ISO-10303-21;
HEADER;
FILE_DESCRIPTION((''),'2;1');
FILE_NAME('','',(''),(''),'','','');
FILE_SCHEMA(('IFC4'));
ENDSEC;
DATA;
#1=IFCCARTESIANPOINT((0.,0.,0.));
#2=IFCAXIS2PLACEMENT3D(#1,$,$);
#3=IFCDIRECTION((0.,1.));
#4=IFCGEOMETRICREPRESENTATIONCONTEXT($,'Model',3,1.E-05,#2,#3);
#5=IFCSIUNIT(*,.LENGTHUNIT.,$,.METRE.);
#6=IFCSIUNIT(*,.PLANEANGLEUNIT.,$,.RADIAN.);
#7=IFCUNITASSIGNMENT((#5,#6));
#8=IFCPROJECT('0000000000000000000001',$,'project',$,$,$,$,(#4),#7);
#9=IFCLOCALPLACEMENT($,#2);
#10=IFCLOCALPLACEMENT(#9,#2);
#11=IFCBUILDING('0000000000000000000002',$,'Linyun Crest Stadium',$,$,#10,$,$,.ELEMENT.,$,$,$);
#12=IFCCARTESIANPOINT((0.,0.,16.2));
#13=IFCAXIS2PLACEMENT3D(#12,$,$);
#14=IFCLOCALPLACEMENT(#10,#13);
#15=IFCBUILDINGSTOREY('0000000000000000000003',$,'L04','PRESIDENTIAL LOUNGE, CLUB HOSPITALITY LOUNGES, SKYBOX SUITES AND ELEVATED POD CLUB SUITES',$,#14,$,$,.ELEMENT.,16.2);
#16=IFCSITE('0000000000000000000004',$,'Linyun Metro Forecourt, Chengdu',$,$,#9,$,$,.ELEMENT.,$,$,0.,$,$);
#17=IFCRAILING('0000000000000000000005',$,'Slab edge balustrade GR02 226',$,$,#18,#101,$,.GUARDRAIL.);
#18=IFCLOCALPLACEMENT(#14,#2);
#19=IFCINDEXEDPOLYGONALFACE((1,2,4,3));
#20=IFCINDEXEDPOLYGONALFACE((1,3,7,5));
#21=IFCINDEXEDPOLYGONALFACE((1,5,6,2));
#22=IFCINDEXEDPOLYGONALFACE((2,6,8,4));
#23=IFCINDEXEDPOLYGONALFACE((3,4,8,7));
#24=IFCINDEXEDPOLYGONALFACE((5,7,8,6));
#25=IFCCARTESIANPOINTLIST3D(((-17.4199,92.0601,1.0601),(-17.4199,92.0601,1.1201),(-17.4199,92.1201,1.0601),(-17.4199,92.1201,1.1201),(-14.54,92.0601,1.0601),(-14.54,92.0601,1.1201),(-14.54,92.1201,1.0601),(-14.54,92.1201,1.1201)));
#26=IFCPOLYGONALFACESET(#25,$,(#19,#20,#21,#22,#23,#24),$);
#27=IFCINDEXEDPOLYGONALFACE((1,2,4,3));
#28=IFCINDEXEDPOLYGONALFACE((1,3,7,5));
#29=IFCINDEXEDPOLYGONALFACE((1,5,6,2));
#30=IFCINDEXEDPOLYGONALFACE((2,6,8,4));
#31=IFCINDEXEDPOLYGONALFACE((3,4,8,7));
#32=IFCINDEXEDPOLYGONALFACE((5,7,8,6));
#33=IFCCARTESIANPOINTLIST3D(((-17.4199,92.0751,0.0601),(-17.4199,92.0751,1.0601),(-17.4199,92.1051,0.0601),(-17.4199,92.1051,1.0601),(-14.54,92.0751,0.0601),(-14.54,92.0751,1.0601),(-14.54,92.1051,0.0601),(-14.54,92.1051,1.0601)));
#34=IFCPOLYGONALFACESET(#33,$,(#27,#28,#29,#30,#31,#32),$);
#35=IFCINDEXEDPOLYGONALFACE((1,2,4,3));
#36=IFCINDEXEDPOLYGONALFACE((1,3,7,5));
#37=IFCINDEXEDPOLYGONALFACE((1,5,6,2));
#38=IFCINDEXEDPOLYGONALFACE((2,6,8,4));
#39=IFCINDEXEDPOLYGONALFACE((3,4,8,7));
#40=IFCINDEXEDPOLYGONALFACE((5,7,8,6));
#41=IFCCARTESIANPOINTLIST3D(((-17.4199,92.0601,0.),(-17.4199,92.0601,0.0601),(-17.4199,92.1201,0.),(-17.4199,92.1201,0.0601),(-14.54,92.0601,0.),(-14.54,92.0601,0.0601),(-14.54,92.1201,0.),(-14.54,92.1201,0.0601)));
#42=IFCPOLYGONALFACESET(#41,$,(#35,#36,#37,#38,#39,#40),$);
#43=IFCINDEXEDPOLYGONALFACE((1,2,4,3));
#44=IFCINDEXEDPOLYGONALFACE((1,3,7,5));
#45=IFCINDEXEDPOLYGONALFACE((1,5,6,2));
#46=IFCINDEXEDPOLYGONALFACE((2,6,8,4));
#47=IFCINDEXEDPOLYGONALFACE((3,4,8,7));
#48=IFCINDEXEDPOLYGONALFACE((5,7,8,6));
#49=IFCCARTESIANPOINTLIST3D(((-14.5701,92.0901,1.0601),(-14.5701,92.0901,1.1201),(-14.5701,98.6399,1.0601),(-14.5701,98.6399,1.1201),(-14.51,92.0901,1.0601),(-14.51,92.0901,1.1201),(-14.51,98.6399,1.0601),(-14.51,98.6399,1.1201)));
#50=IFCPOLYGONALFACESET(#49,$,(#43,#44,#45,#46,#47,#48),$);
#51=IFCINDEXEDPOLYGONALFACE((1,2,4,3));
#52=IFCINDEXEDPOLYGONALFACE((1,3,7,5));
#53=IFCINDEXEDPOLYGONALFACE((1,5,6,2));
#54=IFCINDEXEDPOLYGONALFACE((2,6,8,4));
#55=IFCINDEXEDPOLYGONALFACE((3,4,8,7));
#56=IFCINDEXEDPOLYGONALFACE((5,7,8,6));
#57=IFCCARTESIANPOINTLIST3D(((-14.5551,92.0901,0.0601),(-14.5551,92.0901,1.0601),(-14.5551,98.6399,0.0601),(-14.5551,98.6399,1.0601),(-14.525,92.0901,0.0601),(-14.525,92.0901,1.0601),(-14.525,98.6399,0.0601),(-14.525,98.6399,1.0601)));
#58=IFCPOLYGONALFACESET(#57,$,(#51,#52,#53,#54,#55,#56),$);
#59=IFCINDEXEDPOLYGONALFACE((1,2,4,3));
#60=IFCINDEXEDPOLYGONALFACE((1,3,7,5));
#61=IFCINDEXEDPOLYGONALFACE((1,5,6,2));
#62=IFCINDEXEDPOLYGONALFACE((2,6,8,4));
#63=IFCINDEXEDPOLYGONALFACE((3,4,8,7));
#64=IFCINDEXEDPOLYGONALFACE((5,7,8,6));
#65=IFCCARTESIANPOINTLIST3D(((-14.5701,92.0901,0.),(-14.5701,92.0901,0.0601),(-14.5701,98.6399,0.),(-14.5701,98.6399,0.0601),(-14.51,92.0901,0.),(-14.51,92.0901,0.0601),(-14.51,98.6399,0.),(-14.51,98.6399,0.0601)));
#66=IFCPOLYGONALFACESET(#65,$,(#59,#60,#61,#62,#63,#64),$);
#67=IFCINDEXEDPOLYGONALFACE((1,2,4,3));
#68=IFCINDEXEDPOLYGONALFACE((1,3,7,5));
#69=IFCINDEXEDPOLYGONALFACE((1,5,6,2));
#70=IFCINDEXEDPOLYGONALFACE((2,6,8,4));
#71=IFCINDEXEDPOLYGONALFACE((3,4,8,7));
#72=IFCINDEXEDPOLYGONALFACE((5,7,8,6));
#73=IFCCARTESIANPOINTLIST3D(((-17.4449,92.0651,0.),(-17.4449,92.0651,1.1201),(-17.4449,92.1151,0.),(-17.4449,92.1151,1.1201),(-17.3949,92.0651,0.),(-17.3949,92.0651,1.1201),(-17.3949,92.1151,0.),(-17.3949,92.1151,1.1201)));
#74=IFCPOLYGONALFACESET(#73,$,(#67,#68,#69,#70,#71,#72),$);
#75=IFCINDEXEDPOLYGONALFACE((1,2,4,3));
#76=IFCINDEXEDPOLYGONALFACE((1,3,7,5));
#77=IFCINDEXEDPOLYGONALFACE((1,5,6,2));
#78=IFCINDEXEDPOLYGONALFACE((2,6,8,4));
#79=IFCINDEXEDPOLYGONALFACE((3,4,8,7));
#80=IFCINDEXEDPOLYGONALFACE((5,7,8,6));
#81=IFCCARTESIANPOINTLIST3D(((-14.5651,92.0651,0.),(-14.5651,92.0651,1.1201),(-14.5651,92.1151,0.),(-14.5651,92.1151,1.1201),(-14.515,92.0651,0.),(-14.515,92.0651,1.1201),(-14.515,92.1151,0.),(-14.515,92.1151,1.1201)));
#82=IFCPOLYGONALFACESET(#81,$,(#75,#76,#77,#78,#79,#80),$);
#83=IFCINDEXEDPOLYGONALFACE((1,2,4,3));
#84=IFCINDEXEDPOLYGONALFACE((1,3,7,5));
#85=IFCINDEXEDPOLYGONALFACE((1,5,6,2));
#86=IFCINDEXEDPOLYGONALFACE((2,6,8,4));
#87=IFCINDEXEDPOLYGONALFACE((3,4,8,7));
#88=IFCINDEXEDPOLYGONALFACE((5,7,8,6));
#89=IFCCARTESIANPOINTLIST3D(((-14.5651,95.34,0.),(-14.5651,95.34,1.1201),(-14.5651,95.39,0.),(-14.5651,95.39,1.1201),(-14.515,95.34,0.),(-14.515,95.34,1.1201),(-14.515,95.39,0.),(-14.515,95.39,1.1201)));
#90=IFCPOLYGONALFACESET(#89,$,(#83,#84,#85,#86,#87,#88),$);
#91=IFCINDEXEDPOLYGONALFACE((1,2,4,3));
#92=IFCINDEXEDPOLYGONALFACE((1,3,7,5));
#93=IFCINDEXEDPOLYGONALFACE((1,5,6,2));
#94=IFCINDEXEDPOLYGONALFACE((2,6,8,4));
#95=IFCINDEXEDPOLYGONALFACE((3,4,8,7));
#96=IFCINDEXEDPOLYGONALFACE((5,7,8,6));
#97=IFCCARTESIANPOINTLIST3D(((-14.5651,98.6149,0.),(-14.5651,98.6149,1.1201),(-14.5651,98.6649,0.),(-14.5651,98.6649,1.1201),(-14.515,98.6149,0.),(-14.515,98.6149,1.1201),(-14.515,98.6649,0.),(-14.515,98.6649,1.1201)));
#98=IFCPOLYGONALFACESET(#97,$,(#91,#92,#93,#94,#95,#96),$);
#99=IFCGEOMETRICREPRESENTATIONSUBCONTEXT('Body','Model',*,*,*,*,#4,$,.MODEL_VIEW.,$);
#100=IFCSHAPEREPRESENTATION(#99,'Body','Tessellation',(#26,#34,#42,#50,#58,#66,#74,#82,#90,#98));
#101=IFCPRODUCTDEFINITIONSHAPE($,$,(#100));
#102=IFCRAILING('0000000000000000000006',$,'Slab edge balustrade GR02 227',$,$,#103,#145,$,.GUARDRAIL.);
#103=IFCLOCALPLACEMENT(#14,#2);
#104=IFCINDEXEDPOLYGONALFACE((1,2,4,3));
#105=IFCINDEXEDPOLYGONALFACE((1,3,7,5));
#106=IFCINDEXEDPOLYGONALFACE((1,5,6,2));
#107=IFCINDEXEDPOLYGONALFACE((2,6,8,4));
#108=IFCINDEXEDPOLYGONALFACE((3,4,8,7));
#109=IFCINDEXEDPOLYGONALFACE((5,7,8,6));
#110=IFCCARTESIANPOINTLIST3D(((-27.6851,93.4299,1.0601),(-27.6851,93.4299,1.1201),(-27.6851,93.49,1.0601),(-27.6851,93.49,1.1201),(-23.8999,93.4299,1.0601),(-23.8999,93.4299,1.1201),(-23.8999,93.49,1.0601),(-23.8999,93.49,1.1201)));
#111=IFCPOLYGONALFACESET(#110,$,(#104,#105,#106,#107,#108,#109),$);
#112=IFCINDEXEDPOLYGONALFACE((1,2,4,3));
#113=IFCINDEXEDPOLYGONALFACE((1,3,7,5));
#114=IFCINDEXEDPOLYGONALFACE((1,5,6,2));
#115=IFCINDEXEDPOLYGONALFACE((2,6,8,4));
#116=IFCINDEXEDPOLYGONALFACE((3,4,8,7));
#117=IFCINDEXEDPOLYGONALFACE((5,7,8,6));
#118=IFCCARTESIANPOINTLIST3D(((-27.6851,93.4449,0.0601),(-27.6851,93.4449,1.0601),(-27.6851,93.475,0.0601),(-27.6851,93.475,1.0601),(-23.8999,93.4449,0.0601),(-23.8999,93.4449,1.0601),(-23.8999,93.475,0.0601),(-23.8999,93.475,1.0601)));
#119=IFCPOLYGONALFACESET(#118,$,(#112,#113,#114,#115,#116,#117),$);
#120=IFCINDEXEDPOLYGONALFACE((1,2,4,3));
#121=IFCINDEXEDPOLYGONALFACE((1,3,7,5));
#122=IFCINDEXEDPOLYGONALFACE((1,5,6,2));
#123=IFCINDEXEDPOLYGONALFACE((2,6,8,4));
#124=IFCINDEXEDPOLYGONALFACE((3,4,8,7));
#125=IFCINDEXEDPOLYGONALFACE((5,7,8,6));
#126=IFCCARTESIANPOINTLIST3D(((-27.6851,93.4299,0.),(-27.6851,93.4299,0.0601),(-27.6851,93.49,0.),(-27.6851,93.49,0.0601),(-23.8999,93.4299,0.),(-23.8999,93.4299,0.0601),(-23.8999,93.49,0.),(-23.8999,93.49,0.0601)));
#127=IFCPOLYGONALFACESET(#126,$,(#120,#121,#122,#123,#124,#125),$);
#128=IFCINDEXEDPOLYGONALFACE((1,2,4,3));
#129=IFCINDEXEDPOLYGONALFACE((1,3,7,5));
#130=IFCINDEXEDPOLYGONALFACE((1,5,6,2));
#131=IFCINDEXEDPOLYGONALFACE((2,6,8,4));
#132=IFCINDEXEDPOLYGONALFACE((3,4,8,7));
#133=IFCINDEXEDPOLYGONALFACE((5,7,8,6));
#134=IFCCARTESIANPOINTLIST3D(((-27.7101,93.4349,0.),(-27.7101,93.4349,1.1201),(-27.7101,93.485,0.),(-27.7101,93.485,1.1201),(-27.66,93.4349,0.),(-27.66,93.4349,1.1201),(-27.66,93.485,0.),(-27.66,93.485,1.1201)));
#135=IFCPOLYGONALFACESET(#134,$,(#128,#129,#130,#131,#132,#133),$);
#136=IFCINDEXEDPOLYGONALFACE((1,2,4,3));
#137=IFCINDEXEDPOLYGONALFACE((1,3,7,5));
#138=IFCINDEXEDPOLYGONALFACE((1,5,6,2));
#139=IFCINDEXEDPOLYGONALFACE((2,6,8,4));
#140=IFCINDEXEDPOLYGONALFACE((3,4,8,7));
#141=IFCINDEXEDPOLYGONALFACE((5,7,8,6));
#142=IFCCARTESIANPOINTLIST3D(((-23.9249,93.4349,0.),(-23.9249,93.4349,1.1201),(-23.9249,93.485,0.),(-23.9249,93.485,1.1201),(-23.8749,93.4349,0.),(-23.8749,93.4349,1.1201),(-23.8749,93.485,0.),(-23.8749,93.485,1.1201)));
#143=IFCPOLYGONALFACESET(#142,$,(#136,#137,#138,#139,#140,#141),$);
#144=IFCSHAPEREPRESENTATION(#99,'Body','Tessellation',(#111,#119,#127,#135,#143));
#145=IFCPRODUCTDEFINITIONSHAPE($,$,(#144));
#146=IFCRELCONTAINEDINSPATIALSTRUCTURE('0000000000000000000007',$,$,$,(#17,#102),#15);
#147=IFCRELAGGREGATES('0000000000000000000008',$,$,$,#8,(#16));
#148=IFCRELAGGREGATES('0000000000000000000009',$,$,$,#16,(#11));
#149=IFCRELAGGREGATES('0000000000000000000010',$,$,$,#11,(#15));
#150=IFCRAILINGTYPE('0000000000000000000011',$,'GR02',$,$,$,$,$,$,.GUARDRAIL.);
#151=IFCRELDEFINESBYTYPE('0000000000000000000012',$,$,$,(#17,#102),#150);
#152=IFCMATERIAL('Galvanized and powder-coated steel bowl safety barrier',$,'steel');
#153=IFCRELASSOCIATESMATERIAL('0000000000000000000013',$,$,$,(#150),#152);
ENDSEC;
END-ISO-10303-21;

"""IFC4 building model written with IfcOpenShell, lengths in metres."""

from ifc_helpers import new_model, si_unit, direction, frame, origin, origin_2d, place, context, subcontext, project, spatial, rectangle, extrude, material, type_object, element, save


model = new_model("IFC4")

# Units and contexts
model_context = context("Model", 3, precision=1e-05, world=origin(), true_north=direction((0.0, 1.0)))
body_context = subcontext(model_context, "Body", "Model", "MODEL_VIEW")
ifc_project = project(units=[si_unit("LENGTHUNIT", "METRE"), si_unit("PLANEANGLEUNIT", "RADIAN")], contexts=[model_context])

# Site, building, storey
site_placement = place(None, origin())
site = spatial("IfcSite", under=ifc_project, at=site_placement, Name="Linyun Metro Forecourt, Chengdu", CompositionType="ELEMENT", RefElevation=0.0)
building_placement = place(site_placement, origin())
building = spatial("IfcBuilding", under=site, at=building_placement, Name="Linyun Crest Stadium", CompositionType="ELEMENT")
storey_placement = place(building_placement, frame((0.0, 0.0, 16.2)))
storey = spatial("IfcBuildingStorey", under=building, at=storey_placement, Name="L04", Description="PRESIDENTIAL LOUNGE, CLUB HOSPITALITY LOUNGES, SKYBOX SUITES AND ELEVATED POD CLUB SUITES", CompositionType="ELEMENT", Elevation=16.2)

# Railings
ifc_material_1 = material(Name="Galvanized and powder-coated steel bowl safety barrier", Category="steel")
railing_type_1 = type_object("IfcRailingType", Name="GR02", PredefinedType="GUARDRAIL", material=ifc_material_1)
railing_1_placement = place(storey_placement, frame((-17.4199, 92.0901, 0.0)))
element("IfcRailing", 1, at=railing_1_placement, inside=storey, type_object=railing_type_1, Name="Slab edge balustrade GR02 226", PredefinedType="GUARDRAIL", context=body_context, shape_type="SweptSolid", body=[
    extrude(rectangle(XDim=0.0601, YDim=0.0601, at=origin_2d()), frame((0.0, 0.0, 1.0901), z_axis=(1.0, 0.0, 0.0), x_axis=(0.0, 1.0, 0.0)), (0.0, 0.0, 1.0), 2.8799),
    extrude(rectangle(XDim=0.03, YDim=1.0, at=origin_2d()), frame((0.0, 0.0, 0.5601), z_axis=(1.0, 0.0, 0.0), x_axis=(0.0, 1.0, 0.0)), (0.0, 0.0, 1.0), 2.8799),
    extrude(rectangle(XDim=0.0601, YDim=0.0601, at=origin_2d()), frame((0.0, 0.0, 0.03), z_axis=(1.0, 0.0, 0.0), x_axis=(0.0, 1.0, 0.0)), (0.0, 0.0, 1.0), 2.8799),
    extrude(rectangle(XDim=0.0601, YDim=0.0601, at=origin_2d()), frame((2.8799, 0.0, 1.0901), z_axis=(0.0, 1.0, 0.0), x_axis=(-1.0, 0.0, 0.0)), (0.0, 0.0, 1.0), 6.5498),
    extrude(rectangle(XDim=0.03, YDim=1.0, at=origin_2d()), frame((2.8799, 0.0, 0.5601), z_axis=(0.0, 1.0, 0.0), x_axis=(-1.0, 0.0, 0.0)), (0.0, 0.0, 1.0), 6.5498),
    extrude(rectangle(XDim=0.0601, YDim=0.0601, at=origin_2d()), frame((2.8799, 0.0, 0.03), z_axis=(0.0, 1.0, 0.0), x_axis=(-1.0, 0.0, 0.0)), (0.0, 0.0, 1.0), 6.5498),
    extrude(rectangle(XDim=0.05, YDim=0.05, at=origin_2d()), origin(), (0.0, 0.0, 1.0), 1.1201),
    extrude(rectangle(XDim=0.05, YDim=0.05, at=origin_2d()), frame((2.8799, 0.0, 0.0)), (0.0, 0.0, 1.0), 1.1201),
    extrude(rectangle(XDim=0.05, YDim=0.05, at=origin_2d()), frame((2.8799, 3.2749, 0.0)), (0.0, 0.0, 1.0), 1.1201),
    extrude(rectangle(XDim=0.05, YDim=0.05, at=origin_2d()), frame((2.8799, 6.5498, 0.0)), (0.0, 0.0, 1.0), 1.1201),
])
railing_2_placement = place(storey_placement, frame((-27.6851, 93.46, 0.0)))
element("IfcRailing", 2, at=railing_2_placement, inside=storey, type_object=railing_type_1, Name="Slab edge balustrade GR02 227", PredefinedType="GUARDRAIL", context=body_context, shape_type="SweptSolid", body=[
    extrude(rectangle(XDim=0.0601, YDim=0.0601, at=origin_2d()), frame((0.0, 0.0, 1.0901), z_axis=(1.0, 0.0, 0.0), x_axis=(0.0, 1.0, 0.0)), (0.0, 0.0, 1.0), 3.7852),
    extrude(rectangle(XDim=0.03, YDim=1.0, at=origin_2d()), frame((0.0, 0.0, 0.5601), z_axis=(1.0, 0.0, 0.0), x_axis=(0.0, 1.0, 0.0)), (0.0, 0.0, 1.0), 3.7852),
    extrude(rectangle(XDim=0.0601, YDim=0.0601, at=origin_2d()), frame((0.0, 0.0, 0.03), z_axis=(1.0, 0.0, 0.0), x_axis=(0.0, 1.0, 0.0)), (0.0, 0.0, 1.0), 3.7852),
    extrude(rectangle(XDim=0.05, YDim=0.05, at=origin_2d()), origin(), (0.0, 0.0, 1.0), 1.1201),
    extrude(rectangle(XDim=0.05, YDim=0.05, at=origin_2d()), frame((3.7852, 0.0, 0.0)), (0.0, 0.0, 1.0), 1.1201),
])

save(model, "model.ifc")
